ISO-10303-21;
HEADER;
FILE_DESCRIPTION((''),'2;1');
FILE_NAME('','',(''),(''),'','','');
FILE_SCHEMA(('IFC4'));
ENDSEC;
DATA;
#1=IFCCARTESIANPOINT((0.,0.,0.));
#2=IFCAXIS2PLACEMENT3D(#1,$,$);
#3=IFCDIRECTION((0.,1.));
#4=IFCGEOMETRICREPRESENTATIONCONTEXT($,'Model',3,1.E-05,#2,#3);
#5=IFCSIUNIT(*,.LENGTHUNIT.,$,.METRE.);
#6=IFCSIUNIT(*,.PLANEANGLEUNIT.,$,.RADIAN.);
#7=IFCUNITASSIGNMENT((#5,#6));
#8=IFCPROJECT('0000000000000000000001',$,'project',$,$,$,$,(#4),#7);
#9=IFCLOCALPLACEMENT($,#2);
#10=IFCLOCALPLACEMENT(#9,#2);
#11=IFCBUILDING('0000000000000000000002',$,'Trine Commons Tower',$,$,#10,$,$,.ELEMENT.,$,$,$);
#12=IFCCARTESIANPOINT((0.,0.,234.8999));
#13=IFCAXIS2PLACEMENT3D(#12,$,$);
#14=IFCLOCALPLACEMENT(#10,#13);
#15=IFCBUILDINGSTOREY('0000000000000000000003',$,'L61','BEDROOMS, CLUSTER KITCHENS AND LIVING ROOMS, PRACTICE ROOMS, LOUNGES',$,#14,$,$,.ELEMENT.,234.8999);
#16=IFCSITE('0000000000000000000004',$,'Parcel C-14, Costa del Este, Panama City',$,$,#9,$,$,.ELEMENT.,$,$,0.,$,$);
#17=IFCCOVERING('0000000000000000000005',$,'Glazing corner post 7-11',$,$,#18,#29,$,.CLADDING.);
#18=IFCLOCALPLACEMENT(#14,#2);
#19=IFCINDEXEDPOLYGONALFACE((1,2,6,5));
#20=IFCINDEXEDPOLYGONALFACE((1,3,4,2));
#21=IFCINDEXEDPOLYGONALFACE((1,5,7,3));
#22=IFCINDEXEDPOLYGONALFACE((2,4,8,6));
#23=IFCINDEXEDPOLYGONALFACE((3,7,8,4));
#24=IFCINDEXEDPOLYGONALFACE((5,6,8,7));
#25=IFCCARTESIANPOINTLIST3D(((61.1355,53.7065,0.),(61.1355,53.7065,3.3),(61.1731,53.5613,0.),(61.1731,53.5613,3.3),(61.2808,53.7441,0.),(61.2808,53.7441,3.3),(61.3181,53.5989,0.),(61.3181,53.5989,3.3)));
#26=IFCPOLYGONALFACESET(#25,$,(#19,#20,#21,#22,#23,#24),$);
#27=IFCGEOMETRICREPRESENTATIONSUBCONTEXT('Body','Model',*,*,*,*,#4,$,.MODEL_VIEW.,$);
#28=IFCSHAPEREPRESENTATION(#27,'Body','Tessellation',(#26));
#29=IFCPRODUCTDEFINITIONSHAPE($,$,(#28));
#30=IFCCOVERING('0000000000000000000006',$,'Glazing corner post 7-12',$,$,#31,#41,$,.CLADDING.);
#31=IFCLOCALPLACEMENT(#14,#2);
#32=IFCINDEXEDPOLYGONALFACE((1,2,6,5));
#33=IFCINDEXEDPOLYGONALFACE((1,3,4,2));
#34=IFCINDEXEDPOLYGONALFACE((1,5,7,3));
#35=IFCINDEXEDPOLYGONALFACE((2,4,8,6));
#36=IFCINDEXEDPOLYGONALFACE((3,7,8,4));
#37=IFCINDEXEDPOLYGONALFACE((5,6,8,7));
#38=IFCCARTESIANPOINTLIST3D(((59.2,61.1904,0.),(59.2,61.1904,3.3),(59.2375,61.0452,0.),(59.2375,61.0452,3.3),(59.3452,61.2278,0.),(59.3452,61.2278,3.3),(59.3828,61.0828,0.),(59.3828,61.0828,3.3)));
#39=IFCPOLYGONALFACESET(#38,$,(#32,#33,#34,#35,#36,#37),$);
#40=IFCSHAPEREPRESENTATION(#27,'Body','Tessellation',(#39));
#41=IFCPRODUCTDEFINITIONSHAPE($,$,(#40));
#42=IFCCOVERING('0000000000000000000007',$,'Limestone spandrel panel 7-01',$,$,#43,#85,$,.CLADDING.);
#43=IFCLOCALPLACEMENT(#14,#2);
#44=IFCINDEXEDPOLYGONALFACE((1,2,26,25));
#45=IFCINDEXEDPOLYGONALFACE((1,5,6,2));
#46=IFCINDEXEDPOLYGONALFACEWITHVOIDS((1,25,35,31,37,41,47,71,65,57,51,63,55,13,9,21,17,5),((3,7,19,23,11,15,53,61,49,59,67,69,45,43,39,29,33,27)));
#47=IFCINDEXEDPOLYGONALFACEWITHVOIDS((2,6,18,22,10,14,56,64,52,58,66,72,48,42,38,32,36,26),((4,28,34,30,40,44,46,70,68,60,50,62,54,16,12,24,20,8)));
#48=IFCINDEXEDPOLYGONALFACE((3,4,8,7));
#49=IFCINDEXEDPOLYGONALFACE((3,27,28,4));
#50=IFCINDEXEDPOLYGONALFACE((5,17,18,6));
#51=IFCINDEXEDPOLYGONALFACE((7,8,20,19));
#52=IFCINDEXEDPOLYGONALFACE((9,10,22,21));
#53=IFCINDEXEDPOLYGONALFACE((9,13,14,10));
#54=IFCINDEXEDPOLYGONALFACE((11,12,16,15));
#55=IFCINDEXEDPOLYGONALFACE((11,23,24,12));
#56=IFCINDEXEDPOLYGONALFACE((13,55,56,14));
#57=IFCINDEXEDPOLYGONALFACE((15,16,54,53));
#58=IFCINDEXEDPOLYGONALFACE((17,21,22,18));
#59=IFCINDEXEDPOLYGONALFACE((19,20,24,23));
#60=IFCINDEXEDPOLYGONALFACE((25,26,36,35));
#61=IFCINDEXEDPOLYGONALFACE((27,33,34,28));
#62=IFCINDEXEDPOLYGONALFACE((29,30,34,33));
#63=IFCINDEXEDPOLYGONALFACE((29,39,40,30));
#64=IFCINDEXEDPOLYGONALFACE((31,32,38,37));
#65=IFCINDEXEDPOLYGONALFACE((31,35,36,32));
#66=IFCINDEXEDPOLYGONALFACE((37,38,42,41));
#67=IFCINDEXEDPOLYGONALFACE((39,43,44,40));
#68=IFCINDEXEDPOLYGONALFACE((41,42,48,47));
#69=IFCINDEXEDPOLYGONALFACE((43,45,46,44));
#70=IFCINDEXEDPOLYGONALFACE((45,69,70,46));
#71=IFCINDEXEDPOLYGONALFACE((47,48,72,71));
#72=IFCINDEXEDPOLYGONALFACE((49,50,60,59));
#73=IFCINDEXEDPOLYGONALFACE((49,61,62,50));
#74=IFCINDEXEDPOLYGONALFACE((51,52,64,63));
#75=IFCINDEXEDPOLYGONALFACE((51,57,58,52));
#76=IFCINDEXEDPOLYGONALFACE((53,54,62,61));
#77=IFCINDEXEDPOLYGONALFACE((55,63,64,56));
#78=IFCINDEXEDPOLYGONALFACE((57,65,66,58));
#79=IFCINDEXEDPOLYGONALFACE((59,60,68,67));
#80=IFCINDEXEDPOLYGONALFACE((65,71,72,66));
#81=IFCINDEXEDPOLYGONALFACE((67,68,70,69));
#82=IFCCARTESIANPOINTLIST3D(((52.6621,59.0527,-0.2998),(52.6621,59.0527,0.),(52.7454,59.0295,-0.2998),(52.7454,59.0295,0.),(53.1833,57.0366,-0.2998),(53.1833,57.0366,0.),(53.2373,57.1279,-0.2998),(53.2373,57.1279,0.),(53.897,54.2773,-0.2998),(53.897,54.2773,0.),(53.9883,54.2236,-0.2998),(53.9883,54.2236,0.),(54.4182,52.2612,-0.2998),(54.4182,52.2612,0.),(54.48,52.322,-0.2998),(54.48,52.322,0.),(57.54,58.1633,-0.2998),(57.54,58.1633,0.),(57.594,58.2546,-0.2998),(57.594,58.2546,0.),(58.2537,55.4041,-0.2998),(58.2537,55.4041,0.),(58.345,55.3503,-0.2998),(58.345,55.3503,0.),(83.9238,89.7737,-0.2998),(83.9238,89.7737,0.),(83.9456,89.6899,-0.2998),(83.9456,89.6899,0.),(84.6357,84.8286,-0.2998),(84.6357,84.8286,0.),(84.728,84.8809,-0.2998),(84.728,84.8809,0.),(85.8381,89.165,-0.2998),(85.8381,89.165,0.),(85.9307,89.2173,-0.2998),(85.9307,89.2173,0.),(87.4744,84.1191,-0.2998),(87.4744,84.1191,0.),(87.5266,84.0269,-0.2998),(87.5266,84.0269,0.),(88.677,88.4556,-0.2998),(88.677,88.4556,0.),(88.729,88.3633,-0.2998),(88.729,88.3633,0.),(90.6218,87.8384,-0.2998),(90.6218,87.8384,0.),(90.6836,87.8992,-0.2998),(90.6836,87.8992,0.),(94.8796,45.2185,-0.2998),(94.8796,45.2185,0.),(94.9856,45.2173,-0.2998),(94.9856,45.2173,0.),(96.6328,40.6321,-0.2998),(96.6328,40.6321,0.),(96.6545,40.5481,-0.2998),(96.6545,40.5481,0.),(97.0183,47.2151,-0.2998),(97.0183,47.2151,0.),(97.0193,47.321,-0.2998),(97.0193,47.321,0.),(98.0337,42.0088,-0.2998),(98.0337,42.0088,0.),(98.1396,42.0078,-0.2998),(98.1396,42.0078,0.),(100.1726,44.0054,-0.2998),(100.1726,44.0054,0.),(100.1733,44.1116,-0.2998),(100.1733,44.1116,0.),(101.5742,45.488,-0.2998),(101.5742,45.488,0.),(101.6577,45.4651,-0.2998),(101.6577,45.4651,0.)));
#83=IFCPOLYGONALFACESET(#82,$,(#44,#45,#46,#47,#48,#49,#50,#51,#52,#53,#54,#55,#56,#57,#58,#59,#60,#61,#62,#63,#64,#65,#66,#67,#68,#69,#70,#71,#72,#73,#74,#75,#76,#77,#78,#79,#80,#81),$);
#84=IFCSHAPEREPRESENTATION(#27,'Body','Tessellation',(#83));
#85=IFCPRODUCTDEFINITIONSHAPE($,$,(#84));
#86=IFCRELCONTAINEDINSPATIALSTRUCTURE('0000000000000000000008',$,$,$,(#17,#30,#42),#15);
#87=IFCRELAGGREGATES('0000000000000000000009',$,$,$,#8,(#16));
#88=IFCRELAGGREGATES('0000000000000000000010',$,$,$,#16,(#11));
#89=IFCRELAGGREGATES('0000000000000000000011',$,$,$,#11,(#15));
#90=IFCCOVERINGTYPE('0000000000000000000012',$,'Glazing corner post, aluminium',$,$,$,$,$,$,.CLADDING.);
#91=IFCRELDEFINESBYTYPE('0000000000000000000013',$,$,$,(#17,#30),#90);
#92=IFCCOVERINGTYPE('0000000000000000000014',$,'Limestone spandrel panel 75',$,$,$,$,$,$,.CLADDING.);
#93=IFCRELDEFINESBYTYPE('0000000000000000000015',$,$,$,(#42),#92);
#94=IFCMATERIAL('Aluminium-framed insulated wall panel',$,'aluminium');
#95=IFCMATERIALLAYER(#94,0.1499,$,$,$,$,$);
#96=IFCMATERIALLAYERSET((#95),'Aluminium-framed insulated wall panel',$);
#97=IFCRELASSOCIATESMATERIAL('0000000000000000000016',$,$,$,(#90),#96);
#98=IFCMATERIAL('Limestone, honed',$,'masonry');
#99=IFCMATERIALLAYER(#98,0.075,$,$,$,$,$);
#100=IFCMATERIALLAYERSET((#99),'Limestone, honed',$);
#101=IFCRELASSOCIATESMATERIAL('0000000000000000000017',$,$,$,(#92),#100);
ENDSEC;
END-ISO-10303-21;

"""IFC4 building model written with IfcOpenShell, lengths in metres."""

from ifc_helpers import new_model, si_unit, direction, frame, origin, place, context, subcontext, project, spatial, polyline, outline, extrude, material, layer, layer_set, type_object, element, save


model = new_model("IFC4")

# Units and contexts
model_context = context("Model", 3, precision=1e-05, world=origin(), true_north=direction((0.0, 1.0)))
body_context = subcontext(model_context, "Body", "Model", "MODEL_VIEW")
ifc_project = project(units=[si_unit("LENGTHUNIT", "METRE"), si_unit("PLANEANGLEUNIT", "RADIAN")], contexts=[model_context])

# Site, building, storey
site_placement = place(None, origin())
site = spatial("IfcSite", under=ifc_project, at=site_placement, Name="Parcel C-14, Costa del Este, Panama City", CompositionType="ELEMENT", RefElevation=0.0)
building_placement = place(site_placement, origin())
building = spatial("IfcBuilding", under=site, at=building_placement, Name="Trine Commons Tower", CompositionType="ELEMENT")
storey_placement = place(building_placement, frame((0.0, 0.0, 234.8999)))
storey = spatial("IfcBuildingStorey", under=building, at=storey_placement, Name="L61", Description="BEDROOMS, CLUSTER KITCHENS AND LIVING ROOMS, PRACTICE ROOMS, LOUNGES", CompositionType="ELEMENT", Elevation=234.8999)

# Coverings
ifc_material_1 = material(Name="Aluminium-framed insulated wall panel", Category="aluminium")
ifc_layer_1 = layer(ifc_material_1, 0.1499)
ifc_layer_set_1 = layer_set([ifc_layer_1], Name="Aluminium-framed insulated wall panel")
covering_type_1 = type_object("IfcCoveringType", Name="Glazing corner post, aluminium", PredefinedType="CLADDING", material=ifc_layer_set_1)
covering_1_placement = place(storey_placement, origin())
element("IfcCovering", 1, at=covering_1_placement, inside=storey, type_object=covering_type_1, Name="Glazing corner post 7-11", PredefinedType="CLADDING", context=body_context, shape_type="SweptSolid", body=[
    extrude(outline(polyline([(61.1355, 53.7065), (61.1355, 53.7065), (61.1731, 53.5613), (61.3181, 53.5989), (61.2808, 53.7441), (61.1355, 53.7065)])), origin(), (0.0, 0.0, 1.0), 3.3),
])
covering_2_placement = place(storey_placement, origin())
element("IfcCovering", 2, at=covering_2_placement, inside=storey, type_object=covering_type_1, Name="Glazing corner post 7-12", PredefinedType="CLADDING", context=body_context, shape_type="SweptSolid", body=[
    extrude(outline(polyline([(59.2, 61.1904), (59.2375, 61.0452), (59.3828, 61.0828), (59.3452, 61.2278), (59.2, 61.1904)])), origin(), (0.0, 0.0, 1.0), 3.3),
])
ifc_material_2 = material(Name="Limestone, honed", Category="masonry")
ifc_layer_2 = layer(ifc_material_2, 0.075)
ifc_layer_set_2 = layer_set([ifc_layer_2], Name="Limestone, honed")
covering_type_2 = type_object("IfcCoveringType", Name="Limestone spandrel panel 75", PredefinedType="CLADDING", material=ifc_layer_set_2)
covering_3_placement = place(storey_placement, frame((0.0, 0.0, -0.2998)))
element("IfcCovering", 3, at=covering_3_placement, inside=storey, type_object=covering_type_2, Name="Limestone spandrel panel 7-01", PredefinedType="CLADDING", context=body_context, shape_type="SweptSolid", body=[
    extrude(outline(polyline([(97.0183, 47.2151), (100.1726, 44.0054), (101.6577, 45.4651), (90.6836, 87.8992), (88.677, 88.4556), (87.4744, 84.1191), (84.728, 84.8809), (85.9307, 89.2173), (83.9238, 89.7737), (52.6621, 59.0527), (53.1833, 57.0366), (57.54, 58.1633), (58.2537, 55.4041), (53.897, 54.2773), (54.4182, 52.2612), (96.6545, 40.5481), (98.1396, 42.0078), (94.9856, 45.2173), (97.0183, 47.2151)]), holes=[polyline([(88.729, 88.3633), (90.6218, 87.8384), (101.5742, 45.488), (100.1733, 44.1116), (97.0193, 47.321), (94.8796, 45.2185), (98.0337, 42.0088), (96.6328, 40.6321), (54.48, 52.322), (53.9883, 54.2236), (58.345, 55.3503), (57.594, 58.2546), (53.2373, 57.1279), (52.7454, 59.0295), (83.9456, 89.6899), (85.8381, 89.165), (84.6357, 84.8286), (87.5266, 84.0269), (88.729, 88.3633)])]), origin(), (0.0, 0.0, 1.0), 0.2998),
])

save(model, "model.ifc")
